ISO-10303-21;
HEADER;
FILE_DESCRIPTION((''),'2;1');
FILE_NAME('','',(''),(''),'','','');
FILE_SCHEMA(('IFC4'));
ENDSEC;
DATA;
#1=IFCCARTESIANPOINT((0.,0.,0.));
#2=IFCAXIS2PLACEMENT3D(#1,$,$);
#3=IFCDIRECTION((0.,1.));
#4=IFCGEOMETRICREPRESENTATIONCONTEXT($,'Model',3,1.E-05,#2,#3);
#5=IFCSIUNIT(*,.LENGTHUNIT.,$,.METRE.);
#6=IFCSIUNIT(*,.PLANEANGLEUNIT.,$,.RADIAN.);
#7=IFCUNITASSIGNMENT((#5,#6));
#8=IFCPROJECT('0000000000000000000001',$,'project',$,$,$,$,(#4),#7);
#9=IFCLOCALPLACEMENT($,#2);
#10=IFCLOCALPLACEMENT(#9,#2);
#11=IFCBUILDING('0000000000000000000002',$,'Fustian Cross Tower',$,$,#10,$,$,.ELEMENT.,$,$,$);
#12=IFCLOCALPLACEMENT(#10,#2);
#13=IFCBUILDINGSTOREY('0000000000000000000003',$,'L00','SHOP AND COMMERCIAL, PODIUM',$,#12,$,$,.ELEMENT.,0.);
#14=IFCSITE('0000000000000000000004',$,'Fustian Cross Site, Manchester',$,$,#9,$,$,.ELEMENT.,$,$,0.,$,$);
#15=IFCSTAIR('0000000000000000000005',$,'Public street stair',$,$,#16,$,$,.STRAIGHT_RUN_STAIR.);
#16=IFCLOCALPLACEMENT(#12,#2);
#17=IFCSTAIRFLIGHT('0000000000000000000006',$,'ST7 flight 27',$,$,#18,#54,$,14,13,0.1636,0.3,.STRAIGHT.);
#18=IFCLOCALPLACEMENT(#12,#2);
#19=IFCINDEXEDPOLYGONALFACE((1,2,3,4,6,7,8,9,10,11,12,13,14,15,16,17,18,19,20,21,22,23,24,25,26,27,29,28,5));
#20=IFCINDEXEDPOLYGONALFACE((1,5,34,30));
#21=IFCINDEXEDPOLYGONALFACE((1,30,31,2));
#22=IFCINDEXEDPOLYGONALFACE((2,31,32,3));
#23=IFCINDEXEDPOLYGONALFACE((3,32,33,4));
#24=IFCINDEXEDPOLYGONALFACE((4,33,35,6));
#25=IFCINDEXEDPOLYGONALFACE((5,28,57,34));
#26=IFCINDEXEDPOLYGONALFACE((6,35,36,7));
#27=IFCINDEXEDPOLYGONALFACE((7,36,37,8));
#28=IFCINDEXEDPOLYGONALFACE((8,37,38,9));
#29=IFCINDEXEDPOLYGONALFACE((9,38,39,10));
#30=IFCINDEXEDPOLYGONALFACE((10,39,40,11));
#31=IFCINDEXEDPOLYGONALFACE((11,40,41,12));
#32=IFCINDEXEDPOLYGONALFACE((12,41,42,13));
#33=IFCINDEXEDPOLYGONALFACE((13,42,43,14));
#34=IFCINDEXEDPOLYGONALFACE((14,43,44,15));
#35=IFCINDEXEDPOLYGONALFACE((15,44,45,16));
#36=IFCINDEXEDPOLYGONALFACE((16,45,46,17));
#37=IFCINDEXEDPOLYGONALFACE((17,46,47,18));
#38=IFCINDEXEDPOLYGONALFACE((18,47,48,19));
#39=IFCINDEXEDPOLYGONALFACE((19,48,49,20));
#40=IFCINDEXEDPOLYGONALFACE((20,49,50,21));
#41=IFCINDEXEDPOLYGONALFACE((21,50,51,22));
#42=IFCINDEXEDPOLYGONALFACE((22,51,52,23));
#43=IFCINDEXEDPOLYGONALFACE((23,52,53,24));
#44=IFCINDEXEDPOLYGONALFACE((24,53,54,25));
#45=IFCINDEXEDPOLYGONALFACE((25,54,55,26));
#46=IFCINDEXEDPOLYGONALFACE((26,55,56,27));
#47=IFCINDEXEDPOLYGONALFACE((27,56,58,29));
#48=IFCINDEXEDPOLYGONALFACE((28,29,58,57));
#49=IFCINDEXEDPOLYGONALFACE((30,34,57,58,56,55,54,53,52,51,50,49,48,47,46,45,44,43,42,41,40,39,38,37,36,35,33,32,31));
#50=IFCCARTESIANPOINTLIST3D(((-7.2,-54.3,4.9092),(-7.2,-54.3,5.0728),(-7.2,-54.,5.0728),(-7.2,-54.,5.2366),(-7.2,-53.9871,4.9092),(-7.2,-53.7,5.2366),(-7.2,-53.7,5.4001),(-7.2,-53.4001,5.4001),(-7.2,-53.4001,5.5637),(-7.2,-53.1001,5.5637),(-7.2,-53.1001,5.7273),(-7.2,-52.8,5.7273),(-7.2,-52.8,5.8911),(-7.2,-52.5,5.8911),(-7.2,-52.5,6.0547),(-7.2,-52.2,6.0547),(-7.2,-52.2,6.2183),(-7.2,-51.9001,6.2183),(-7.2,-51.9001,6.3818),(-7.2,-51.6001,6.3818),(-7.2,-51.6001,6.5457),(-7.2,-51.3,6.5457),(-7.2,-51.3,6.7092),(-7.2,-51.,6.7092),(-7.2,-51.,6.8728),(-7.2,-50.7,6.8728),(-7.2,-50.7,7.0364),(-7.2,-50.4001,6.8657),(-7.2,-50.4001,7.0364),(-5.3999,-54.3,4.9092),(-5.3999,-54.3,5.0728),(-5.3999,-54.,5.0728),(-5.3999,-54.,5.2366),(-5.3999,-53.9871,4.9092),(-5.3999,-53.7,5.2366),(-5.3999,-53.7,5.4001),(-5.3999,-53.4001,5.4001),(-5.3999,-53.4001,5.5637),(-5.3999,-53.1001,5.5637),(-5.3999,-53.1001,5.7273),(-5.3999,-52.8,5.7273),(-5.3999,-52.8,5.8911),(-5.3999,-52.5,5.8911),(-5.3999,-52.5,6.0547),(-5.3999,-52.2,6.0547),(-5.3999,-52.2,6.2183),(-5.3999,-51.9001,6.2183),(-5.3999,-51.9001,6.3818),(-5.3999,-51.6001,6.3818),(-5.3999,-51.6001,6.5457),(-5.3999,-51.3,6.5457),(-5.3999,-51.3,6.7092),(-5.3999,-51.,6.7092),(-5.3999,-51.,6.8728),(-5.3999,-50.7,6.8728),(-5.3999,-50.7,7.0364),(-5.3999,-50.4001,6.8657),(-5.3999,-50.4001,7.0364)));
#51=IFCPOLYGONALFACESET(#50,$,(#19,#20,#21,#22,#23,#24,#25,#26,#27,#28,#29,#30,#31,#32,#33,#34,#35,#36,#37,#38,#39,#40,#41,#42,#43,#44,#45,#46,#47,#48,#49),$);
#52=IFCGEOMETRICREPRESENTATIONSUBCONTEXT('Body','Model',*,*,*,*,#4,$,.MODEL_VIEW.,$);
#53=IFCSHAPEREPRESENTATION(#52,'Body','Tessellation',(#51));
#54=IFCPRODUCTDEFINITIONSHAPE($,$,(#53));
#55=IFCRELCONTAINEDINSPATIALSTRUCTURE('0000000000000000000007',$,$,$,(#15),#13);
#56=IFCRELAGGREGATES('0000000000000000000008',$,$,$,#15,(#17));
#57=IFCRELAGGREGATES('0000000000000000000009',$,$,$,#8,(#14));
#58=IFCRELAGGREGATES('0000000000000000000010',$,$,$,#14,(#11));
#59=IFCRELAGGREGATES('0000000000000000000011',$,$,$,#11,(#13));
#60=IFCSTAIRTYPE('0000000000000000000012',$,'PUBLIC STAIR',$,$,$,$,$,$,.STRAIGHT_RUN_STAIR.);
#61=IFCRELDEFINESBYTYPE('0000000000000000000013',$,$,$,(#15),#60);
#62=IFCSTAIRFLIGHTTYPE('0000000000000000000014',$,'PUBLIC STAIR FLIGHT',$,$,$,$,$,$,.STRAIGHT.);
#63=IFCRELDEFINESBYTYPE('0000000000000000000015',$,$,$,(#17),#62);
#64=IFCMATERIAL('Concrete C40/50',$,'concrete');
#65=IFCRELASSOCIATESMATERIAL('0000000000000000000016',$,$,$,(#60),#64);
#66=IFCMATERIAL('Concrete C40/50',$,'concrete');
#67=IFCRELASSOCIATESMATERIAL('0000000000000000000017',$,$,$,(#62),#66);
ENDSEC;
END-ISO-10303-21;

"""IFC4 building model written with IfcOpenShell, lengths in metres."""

from ifc_helpers import new_model, si_unit, direction, frame, origin, place, context, subcontext, project, spatial, polyline, outline, extrude, material, type_object, element, aggregate, save


model = new_model("IFC4")

# Units and contexts
model_context = context("Model", 3, precision=1e-05, world=origin(), true_north=direction((0.0, 1.0)))
body_context = subcontext(model_context, "Body", "Model", "MODEL_VIEW")
ifc_project = project(units=[si_unit("LENGTHUNIT", "METRE"), si_unit("PLANEANGLEUNIT", "RADIAN")], contexts=[model_context])

# Site, building, storey
site_placement = place(None, origin())
site = spatial("IfcSite", under=ifc_project, at=site_placement, Name="Fustian Cross Site, Manchester", CompositionType="ELEMENT", RefElevation=0.0)
building_placement = place(site_placement, origin())
building = spatial("IfcBuilding", under=site, at=building_placement, Name="Fustian Cross Tower", CompositionType="ELEMENT")
storey_placement = place(building_placement, origin())
storey = spatial("IfcBuildingStorey", under=building, at=storey_placement, Name="L00", Description="SHOP AND COMMERCIAL, PODIUM", CompositionType="ELEMENT", Elevation=0.0)

# Stair, stair flight
ifc_material_1 = material(Name="Concrete C40/50", Category="concrete")
stair_type = type_object("IfcStairType", Name="PUBLIC STAIR", PredefinedType="STRAIGHT_RUN_STAIR", material=ifc_material_1)
stair_placement = place(storey_placement, origin())
stair = element("IfcStair", 1, at=stair_placement, inside=storey, type_object=stair_type, Name="Public street stair", PredefinedType="STRAIGHT_RUN_STAIR")
ifc_material_2 = material(Name="Concrete C40/50", Category="concrete")
stair_flight_type = type_object("IfcStairFlightType", Name="PUBLIC STAIR FLIGHT", PredefinedType="STRAIGHT", material=ifc_material_2)
stair_flight_1_placement = place(storey_placement, frame((-6.3, -54.3, 4.9092), z_axis=(0.0, 0.0, 1.0), x_axis=(0.0, 1.0, 0.0)))
stair_flight_1 = element("IfcStairFlight", 2, at=stair_flight_1_placement, type_object=stair_flight_type, Name="ST7 flight 27", NumberOfRisers=14, NumberOfTreads=13, PredefinedType="STRAIGHT", RiserHeight=0.1636, TreadLength=0.3, context=body_context, shape_type="SweptSolid", body=[
    extrude(outline(polyline([(0.0, 0.0), (0.0, 0.1636), (0.3, 0.1636), (0.3, 0.3274), (0.6001, 0.3274), (0.6001, 0.491), (0.8999, 0.491), (0.8999, 0.6545), (1.2, 0.6545), (1.2, 0.8181), (1.5, 0.8181), (1.5, 0.9819), (1.8, 0.9819), (1.8, 1.1455), (2.1001, 1.1455), (2.1001, 1.3091), (2.3999, 1.3091), (2.3999, 1.4727), (2.7, 1.4727), (2.7, 1.6365), (3.0, 1.6365), (3.0, 1.8), (3.3, 1.8), (3.3, 1.9636), (3.6001, 1.9636), (3.6001, 2.1272), (3.8999, 2.1272), (3.8999, 2.291), (3.8999, 1.9565), (0.313, 0.0), (0.0, 0.0)])), frame((0.0, 0.8999, 0.0), z_axis=(0.0, -1.0, 0.0), x_axis=(1.0, 0.0, 0.0)), (0.0, 0.0, 1.0), 1.8),
])
aggregate(stair, [stair_flight_1])

save(model, "model.ifc")
